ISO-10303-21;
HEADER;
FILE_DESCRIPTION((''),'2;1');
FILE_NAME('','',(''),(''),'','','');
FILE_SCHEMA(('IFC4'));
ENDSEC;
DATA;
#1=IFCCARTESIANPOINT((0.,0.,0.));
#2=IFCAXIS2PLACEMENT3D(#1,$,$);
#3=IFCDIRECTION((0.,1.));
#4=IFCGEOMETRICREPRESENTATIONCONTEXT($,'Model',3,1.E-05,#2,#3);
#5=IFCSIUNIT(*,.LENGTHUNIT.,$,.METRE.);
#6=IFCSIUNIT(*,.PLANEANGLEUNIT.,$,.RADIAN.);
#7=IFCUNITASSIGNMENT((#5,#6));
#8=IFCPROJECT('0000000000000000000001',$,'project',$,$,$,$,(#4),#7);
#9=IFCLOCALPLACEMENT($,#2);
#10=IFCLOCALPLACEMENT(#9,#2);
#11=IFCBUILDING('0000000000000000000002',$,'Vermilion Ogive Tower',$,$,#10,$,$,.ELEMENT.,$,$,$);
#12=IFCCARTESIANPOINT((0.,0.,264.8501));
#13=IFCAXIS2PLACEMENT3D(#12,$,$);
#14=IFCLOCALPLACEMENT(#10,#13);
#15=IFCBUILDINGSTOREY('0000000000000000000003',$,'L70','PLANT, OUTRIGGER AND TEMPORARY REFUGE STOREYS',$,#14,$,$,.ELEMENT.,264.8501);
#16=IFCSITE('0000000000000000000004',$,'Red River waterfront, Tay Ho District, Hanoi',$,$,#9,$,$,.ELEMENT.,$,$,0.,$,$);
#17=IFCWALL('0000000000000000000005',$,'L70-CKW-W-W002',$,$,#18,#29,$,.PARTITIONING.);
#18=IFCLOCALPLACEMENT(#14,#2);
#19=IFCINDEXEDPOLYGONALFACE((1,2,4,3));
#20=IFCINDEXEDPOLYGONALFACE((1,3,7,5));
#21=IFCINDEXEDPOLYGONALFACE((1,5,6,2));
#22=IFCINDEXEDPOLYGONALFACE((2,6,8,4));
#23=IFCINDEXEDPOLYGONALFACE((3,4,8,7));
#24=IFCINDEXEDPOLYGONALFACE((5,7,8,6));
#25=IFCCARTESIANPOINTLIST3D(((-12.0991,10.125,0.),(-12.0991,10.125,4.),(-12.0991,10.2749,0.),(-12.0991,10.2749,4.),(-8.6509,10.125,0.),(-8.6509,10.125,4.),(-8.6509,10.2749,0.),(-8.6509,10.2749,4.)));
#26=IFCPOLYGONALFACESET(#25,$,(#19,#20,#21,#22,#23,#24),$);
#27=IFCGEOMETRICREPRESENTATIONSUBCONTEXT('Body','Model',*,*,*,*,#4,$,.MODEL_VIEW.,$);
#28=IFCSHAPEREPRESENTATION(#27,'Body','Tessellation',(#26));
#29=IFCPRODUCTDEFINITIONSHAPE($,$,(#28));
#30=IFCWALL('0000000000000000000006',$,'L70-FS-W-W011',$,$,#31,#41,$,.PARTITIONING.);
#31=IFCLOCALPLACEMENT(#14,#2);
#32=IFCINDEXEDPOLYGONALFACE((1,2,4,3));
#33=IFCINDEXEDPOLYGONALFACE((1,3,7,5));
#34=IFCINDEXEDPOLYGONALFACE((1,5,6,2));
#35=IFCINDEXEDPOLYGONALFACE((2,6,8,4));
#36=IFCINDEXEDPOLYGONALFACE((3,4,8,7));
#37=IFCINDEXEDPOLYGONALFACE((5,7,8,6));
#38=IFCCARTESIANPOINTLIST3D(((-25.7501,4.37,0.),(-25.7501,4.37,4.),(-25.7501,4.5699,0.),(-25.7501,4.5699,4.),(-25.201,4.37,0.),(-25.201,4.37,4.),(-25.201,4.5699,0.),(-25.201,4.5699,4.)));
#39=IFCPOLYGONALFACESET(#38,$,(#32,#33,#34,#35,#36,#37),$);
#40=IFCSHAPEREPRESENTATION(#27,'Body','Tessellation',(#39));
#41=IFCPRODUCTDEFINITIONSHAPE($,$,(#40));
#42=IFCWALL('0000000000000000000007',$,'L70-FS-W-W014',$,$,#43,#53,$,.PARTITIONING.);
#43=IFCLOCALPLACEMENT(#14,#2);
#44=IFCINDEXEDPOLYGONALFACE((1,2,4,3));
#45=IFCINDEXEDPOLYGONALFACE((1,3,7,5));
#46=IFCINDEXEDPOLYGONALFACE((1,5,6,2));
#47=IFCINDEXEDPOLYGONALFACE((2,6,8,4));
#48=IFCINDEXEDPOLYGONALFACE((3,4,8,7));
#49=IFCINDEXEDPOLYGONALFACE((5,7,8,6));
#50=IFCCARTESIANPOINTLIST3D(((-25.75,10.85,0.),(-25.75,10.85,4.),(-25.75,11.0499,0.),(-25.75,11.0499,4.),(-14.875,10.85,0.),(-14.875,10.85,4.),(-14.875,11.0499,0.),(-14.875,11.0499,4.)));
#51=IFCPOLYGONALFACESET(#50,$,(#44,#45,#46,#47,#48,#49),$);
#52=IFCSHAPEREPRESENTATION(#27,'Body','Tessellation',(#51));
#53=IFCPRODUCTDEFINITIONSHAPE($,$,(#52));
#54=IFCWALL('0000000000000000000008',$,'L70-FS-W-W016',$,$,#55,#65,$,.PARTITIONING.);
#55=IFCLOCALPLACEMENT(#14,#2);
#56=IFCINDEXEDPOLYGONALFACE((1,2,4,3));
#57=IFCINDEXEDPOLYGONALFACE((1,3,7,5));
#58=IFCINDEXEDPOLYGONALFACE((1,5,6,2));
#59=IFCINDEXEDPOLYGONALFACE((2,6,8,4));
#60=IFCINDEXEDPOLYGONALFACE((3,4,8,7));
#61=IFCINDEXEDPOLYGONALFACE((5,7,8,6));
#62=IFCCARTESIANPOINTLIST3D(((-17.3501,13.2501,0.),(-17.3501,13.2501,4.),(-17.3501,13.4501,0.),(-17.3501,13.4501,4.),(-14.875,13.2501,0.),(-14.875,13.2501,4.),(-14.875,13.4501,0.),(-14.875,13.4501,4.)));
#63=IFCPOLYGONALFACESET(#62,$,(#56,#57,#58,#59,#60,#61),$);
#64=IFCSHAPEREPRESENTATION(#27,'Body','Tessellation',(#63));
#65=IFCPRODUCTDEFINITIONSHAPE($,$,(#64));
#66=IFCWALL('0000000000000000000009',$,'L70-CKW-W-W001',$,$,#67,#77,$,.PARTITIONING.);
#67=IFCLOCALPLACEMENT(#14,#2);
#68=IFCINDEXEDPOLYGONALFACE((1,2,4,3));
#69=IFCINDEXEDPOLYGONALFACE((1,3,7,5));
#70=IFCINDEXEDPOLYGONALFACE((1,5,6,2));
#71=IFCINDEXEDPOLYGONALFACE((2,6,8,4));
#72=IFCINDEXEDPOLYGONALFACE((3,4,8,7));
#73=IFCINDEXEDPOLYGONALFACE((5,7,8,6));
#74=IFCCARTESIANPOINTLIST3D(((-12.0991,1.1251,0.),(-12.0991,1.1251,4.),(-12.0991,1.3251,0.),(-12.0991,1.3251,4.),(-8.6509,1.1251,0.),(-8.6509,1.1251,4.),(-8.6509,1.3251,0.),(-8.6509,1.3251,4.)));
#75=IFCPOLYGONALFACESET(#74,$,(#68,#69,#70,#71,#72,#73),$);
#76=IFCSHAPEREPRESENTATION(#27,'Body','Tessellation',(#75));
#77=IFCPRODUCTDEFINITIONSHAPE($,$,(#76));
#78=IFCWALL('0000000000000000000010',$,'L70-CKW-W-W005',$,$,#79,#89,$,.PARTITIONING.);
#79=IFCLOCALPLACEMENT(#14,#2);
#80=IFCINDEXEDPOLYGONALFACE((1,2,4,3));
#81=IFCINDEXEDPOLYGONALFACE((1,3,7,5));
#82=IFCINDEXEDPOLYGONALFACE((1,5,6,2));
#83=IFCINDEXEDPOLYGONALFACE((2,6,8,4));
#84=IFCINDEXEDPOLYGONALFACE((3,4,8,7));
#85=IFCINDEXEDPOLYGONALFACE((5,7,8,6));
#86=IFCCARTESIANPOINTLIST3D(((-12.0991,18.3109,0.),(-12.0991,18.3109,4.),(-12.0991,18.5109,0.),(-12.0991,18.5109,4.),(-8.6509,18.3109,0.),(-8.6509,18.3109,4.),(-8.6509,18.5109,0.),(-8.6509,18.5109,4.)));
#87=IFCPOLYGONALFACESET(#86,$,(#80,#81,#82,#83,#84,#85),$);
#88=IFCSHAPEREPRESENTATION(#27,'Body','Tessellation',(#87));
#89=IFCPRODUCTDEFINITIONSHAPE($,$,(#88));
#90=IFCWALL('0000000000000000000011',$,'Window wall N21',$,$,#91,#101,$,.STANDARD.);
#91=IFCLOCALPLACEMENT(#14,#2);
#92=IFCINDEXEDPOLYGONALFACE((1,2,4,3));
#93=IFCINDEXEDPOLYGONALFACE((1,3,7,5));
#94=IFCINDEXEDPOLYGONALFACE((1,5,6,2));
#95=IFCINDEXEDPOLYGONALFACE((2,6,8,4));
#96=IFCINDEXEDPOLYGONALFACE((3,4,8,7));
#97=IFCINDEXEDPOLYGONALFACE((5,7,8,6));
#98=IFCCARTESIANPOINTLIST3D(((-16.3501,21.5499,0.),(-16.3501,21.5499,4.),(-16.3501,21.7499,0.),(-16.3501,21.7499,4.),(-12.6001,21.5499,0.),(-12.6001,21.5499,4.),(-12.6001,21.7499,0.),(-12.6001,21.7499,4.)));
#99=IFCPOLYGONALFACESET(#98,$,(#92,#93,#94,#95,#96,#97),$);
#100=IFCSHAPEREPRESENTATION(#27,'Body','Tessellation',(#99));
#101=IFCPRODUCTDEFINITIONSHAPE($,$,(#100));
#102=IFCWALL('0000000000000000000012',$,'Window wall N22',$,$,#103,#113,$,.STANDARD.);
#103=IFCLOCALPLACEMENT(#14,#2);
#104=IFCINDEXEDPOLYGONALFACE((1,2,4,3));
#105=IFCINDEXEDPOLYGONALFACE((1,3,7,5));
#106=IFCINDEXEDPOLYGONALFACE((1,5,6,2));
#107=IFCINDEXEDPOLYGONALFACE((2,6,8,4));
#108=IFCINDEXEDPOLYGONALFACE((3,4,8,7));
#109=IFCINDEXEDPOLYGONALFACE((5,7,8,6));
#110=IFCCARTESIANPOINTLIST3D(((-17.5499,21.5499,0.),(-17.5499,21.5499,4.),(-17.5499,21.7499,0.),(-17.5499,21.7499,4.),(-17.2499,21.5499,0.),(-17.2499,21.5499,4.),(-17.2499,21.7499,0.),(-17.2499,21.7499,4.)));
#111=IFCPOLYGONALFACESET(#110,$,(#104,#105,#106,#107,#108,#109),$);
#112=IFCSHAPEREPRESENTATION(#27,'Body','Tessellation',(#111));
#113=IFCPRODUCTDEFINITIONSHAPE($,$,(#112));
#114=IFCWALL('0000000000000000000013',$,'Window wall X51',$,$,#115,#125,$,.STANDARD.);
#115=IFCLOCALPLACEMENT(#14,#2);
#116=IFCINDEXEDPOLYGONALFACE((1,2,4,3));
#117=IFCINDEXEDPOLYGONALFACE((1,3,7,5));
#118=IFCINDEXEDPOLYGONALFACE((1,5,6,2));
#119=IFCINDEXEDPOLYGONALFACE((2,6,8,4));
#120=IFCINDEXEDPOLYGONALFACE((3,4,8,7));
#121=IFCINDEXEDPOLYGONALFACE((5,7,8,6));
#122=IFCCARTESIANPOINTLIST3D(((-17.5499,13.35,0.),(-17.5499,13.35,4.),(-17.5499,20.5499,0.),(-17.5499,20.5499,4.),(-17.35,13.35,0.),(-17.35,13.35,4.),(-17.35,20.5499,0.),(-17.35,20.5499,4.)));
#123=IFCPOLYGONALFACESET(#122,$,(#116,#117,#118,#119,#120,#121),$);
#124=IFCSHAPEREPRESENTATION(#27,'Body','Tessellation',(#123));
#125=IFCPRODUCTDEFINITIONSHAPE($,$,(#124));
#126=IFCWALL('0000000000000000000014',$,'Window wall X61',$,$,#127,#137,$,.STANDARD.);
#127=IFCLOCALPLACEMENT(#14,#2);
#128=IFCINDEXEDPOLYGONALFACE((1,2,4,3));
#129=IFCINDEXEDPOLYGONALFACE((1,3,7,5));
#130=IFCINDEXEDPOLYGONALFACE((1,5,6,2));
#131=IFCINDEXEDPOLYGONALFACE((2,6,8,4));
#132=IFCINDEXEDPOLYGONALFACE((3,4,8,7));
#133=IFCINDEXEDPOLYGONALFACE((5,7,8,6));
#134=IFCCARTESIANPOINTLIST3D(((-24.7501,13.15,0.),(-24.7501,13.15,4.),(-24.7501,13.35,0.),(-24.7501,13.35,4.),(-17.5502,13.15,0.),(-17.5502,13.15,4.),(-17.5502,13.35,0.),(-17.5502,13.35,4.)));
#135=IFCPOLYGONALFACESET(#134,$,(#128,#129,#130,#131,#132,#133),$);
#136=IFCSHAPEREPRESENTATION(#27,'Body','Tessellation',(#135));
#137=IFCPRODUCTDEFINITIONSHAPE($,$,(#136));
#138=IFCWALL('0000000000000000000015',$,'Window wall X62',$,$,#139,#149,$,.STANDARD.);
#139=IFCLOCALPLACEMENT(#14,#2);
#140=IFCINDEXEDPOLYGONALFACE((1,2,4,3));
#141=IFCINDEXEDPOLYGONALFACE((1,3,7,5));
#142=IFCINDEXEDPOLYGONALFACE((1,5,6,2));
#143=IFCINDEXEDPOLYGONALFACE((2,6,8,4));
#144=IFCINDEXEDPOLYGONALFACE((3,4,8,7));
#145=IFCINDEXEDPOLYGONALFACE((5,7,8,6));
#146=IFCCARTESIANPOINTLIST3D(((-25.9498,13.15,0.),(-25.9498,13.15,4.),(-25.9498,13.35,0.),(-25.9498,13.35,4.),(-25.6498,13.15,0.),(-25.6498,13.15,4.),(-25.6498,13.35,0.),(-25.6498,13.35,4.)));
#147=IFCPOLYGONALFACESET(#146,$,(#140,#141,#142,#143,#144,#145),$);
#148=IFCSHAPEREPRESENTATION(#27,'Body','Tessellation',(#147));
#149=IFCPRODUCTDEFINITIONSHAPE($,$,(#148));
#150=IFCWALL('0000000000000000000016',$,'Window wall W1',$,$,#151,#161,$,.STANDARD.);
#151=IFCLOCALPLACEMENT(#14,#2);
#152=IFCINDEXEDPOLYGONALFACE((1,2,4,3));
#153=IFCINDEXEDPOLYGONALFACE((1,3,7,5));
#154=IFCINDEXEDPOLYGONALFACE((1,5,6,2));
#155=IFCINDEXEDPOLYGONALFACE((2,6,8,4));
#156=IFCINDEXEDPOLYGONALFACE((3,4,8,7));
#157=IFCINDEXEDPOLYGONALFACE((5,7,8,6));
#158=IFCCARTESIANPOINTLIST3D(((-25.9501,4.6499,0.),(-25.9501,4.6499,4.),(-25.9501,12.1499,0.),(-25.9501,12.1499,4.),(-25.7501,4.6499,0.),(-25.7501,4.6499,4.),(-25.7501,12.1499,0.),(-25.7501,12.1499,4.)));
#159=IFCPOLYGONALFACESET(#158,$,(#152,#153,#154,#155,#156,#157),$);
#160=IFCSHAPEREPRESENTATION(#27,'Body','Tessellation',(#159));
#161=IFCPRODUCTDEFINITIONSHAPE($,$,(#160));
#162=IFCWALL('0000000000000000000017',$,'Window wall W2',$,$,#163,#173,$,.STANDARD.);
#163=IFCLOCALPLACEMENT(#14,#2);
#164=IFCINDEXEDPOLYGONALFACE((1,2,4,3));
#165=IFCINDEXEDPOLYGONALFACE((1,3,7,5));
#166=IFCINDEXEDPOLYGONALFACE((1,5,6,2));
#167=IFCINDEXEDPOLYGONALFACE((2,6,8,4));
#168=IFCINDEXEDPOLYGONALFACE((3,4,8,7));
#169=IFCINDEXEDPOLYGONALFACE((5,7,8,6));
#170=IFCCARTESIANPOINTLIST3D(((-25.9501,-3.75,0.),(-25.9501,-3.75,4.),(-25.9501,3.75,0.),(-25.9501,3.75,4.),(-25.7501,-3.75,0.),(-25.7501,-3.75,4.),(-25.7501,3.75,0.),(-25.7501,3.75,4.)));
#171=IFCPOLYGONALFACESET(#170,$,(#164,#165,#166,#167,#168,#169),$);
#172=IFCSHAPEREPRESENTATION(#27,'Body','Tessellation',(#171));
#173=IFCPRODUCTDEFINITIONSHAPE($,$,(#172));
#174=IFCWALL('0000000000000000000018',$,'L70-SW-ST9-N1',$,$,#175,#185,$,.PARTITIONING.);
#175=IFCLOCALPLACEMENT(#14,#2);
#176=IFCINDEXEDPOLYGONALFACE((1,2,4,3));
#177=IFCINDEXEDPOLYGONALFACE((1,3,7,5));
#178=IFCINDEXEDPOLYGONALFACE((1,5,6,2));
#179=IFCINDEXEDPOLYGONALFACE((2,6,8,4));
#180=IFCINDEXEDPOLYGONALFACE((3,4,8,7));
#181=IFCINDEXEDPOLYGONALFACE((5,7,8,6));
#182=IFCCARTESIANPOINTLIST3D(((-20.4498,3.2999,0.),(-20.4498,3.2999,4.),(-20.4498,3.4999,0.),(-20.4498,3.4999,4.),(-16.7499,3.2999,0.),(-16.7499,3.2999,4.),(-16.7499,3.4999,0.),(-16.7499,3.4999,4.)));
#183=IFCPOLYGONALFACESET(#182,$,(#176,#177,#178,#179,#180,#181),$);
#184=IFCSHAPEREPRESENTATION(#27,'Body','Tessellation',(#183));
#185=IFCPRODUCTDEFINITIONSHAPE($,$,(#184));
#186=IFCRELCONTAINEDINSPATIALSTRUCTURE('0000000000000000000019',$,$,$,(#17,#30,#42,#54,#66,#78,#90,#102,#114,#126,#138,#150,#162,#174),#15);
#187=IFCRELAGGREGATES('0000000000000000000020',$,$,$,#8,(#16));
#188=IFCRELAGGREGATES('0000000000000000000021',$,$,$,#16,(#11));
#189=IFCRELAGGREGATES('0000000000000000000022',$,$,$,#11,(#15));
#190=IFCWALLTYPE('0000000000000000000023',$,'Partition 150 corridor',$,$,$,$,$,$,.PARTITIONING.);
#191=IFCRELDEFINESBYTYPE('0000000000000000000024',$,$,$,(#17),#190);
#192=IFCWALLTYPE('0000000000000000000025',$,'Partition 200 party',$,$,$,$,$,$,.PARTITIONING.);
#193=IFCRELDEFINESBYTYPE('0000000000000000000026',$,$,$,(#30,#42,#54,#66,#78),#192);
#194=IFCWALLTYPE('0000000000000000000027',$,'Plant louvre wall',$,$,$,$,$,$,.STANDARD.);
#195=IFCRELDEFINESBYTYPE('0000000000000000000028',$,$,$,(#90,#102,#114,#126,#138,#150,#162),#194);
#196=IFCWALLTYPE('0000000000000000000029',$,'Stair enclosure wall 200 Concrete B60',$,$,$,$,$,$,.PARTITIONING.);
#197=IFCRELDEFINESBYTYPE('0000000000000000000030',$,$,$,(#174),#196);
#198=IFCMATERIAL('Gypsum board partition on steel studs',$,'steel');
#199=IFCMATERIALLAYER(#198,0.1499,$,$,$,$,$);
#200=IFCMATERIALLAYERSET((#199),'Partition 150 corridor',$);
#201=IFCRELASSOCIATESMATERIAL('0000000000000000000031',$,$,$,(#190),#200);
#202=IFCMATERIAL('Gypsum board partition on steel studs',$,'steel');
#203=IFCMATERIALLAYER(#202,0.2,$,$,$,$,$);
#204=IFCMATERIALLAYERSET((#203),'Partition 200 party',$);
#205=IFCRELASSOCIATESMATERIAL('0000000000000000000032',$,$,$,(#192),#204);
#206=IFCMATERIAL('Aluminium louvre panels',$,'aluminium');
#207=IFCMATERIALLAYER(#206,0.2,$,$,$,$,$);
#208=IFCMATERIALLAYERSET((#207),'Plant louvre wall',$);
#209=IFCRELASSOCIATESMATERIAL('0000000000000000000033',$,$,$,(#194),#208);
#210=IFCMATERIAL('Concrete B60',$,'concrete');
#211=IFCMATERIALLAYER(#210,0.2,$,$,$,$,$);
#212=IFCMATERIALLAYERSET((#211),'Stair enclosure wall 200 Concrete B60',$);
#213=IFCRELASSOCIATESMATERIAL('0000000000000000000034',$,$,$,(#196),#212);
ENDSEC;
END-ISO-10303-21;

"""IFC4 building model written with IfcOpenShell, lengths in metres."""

from ifc_helpers import new_model, si_unit, direction, frame, frame_2d, origin, place, context, subcontext, project, spatial, rectangle, extrude, material, layer, layer_set, type_object, element, save


model = new_model("IFC4")

# Units and contexts
model_context = context("Model", 3, precision=1e-05, world=origin(), true_north=direction((0.0, 1.0)))
body_context = subcontext(model_context, "Body", "Model", "MODEL_VIEW")
ifc_project = project(units=[si_unit("LENGTHUNIT", "METRE"), si_unit("PLANEANGLEUNIT", "RADIAN")], contexts=[model_context])

# Site, building, storey
site_placement = place(None, origin())
site = spatial("IfcSite", under=ifc_project, at=site_placement, Name="Red River waterfront, Tay Ho District, Hanoi", CompositionType="ELEMENT", RefElevation=0.0)
building_placement = place(site_placement, origin())
building = spatial("IfcBuilding", under=site, at=building_placement, Name="Vermilion Ogive Tower", CompositionType="ELEMENT")
storey_placement = place(building_placement, frame((0.0, 0.0, 264.8501)))
storey = spatial("IfcBuildingStorey", under=building, at=storey_placement, Name="L70", Description="PLANT, OUTRIGGER AND TEMPORARY REFUGE STOREYS", CompositionType="ELEMENT", Elevation=264.8501)

# Walls
ifc_material_1 = material(Name="Gypsum board partition on steel studs", Category="steel")
ifc_layer_1 = layer(ifc_material_1, 0.1499)
ifc_layer_set_1 = layer_set([ifc_layer_1], Name="Partition 150 corridor")
wall_type_1 = type_object("IfcWallType", Name="Partition 150 corridor", PredefinedType="PARTITIONING", material=ifc_layer_set_1)
wall_1_placement = place(storey_placement, frame((-12.0991, 10.2, 0.0), z_axis=(0.0, 0.0, 1.0), x_axis=(1.0, 0.0, 0.0)))
element("IfcWall", 1, at=wall_1_placement, inside=storey, type_object=wall_type_1, Name="L70-CKW-W-W002", PredefinedType="PARTITIONING", context=body_context, shape_type="SweptSolid", body=[
    extrude(rectangle(XDim=3.4482, YDim=0.1499, at=frame_2d((1.7241, 0.0))), origin(), (0.0, 0.0, 1.0), 4.0),
])
ifc_material_2 = material(Name="Gypsum board partition on steel studs", Category="steel")
ifc_layer_2 = layer(ifc_material_2, 0.2)
ifc_layer_set_2 = layer_set([ifc_layer_2], Name="Partition 200 party")
wall_type_2 = type_object("IfcWallType", Name="Partition 200 party", PredefinedType="PARTITIONING", material=ifc_layer_set_2)
wall_2_placement = place(storey_placement, frame((-25.75, 4.47, 0.0), z_axis=(0.0, 0.0, 1.0), x_axis=(1.0, 0.0, 0.0)))
element("IfcWall", 2, at=wall_2_placement, inside=storey, type_object=wall_type_2, Name="L70-FS-W-W011", PredefinedType="PARTITIONING", context=body_context, shape_type="SweptSolid", body=[
    extrude(rectangle(XDim=0.5491, YDim=0.2, at=frame_2d((0.2744, 0.0))), origin(), (0.0, 0.0, 1.0), 4.0),
])
wall_3_placement = place(storey_placement, frame((-25.75, 10.95, 0.0), z_axis=(0.0, 0.0, 1.0), x_axis=(1.0, 0.0, 0.0)))
element("IfcWall", 3, at=wall_3_placement, inside=storey, type_object=wall_type_2, Name="L70-FS-W-W014", PredefinedType="PARTITIONING", context=body_context, shape_type="SweptSolid", body=[
    extrude(rectangle(XDim=10.875, YDim=0.2, at=frame_2d((5.4375, 0.0))), origin(), (0.0, 0.0, 1.0), 4.0),
])
wall_4_placement = place(storey_placement, frame((-17.3501, 13.3501, 0.0), z_axis=(0.0, 0.0, 1.0), x_axis=(1.0, 0.0, 0.0)))
element("IfcWall", 4, at=wall_4_placement, inside=storey, type_object=wall_type_2, Name="L70-FS-W-W016", PredefinedType="PARTITIONING", context=body_context, shape_type="SweptSolid", body=[
    extrude(rectangle(XDim=2.4751, YDim=0.2, at=frame_2d((1.2375, 0.0))), origin(), (0.0, 0.0, 1.0), 4.0),
])
for number, where, z_axis, x_axis, name in (
    (5, (-12.0991, 1.2251, 0.0), (0.0, 0.0, 1.0), (1.0, 0.0, 0.0), "L70-CKW-W-W001"),
    (6, (-12.0991, 18.4109, 0.0), (0.0, 0.0, 1.0), (1.0, 0.0, 0.0), "L70-CKW-W-W005"),
):
    element("IfcWall", number, at=place(storey_placement, frame(where, z_axis=z_axis, x_axis=x_axis)), inside=storey, type_object=wall_type_2, Name=name, PredefinedType="PARTITIONING", context=body_context, shape_type="SweptSolid", body=[
        extrude(rectangle(XDim=3.4482, YDim=0.2, at=frame_2d((1.7241, 0.0))), origin(), (0.0, 0.0, 1.0), 4.0),
    ])
ifc_material_3 = material(Name="Aluminium louvre panels", Category="aluminium")
ifc_layer_3 = layer(ifc_material_3, 0.2)
ifc_layer_set_3 = layer_set([ifc_layer_3], Name="Plant louvre wall")
wall_type_3 = type_object("IfcWallType", Name="Plant louvre wall", PredefinedType="STANDARD", material=ifc_layer_set_3)
wall_5_placement = place(storey_placement, frame((-12.6001, 21.6499, 0.0), z_axis=(0.0, 0.0, 1.0), x_axis=(-1.0, 0.0, 0.0)))
element("IfcWall", 7, at=wall_5_placement, inside=storey, type_object=wall_type_3, Name="Window wall N21", PredefinedType="STANDARD", context=body_context, shape_type="SweptSolid", body=[
    extrude(rectangle(XDim=3.75, YDim=0.2, at=frame_2d((1.875, 0.0))), origin(), (0.0, 0.0, 1.0), 4.0),
])
wall_6_placement = place(storey_placement, frame((-17.25, 21.6499, 0.0), z_axis=(0.0, 0.0, 1.0), x_axis=(-1.0, 0.0, 0.0)))
element("IfcWall", 8, at=wall_6_placement, inside=storey, type_object=wall_type_3, Name="Window wall N22", PredefinedType="STANDARD", context=body_context, shape_type="SweptSolid", body=[
    extrude(rectangle(XDim=0.3, YDim=0.2, at=frame_2d((0.1499, 0.0))), origin(), (0.0, 0.0, 1.0), 4.0),
])
for number, where, z_axis, x_axis, name in (
    (9, (-17.45, 20.55, 0.0), (0.0, 0.0, 1.0), (0.0, -1.0, 0.0), "Window wall X51"),
    (10, (-17.55, 13.25, 0.0), (0.0, 0.0, 1.0), (-1.0, 0.0, 0.0), "Window wall X61"),
):
    element("IfcWall", number, at=place(storey_placement, frame(where, z_axis=z_axis, x_axis=x_axis)), inside=storey, type_object=wall_type_3, Name=name, PredefinedType="STANDARD", context=body_context, shape_type="SweptSolid", body=[
        extrude(rectangle(XDim=7.2, YDim=0.2, at=frame_2d((3.6001, 0.0))), origin(), (0.0, 0.0, 1.0), 4.0),
    ])
wall_7_placement = place(storey_placement, frame((-25.6499, 13.25, 0.0), z_axis=(0.0, 0.0, 1.0), x_axis=(-1.0, 0.0, 0.0)))
element("IfcWall", 11, at=wall_7_placement, inside=storey, type_object=wall_type_3, Name="Window wall X62", PredefinedType="STANDARD", context=body_context, shape_type="SweptSolid", body=[
    extrude(rectangle(XDim=0.3, YDim=0.2, at=frame_2d((0.1499, 0.0))), origin(), (0.0, 0.0, 1.0), 4.0),
])
for number, where, z_axis, x_axis, name in (
    (12, (-25.8501, 12.1499, 0.0), (0.0, 0.0, 1.0), (0.0, -1.0, 0.0), "Window wall W1"),
    (13, (-25.8501, 3.75, 0.0), (0.0, 0.0, 1.0), (0.0, -1.0, 0.0), "Window wall W2"),
):
    element("IfcWall", number, at=place(storey_placement, frame(where, z_axis=z_axis, x_axis=x_axis)), inside=storey, type_object=wall_type_3, Name=name, PredefinedType="STANDARD", context=body_context, shape_type="SweptSolid", body=[
        extrude(rectangle(XDim=7.5, YDim=0.2, at=frame_2d((3.75, 0.0))), origin(), (0.0, 0.0, 1.0), 4.0),
    ])
ifc_material_4 = material(Name="Concrete B60", Category="concrete")
ifc_layer_4 = layer(ifc_material_4, 0.2)
ifc_layer_set_4 = layer_set([ifc_layer_4], Name="Stair enclosure wall 200 Concrete B60")
wall_type_4 = type_object("IfcWallType", Name="Stair enclosure wall 200 Concrete B60", PredefinedType="PARTITIONING", material=ifc_layer_set_4)
wall_8_placement = place(storey_placement, frame((-20.45, 3.3999, 0.0), z_axis=(0.0, 0.0, 1.0), x_axis=(1.0, 0.0, 0.0)))
element("IfcWall", 14, at=wall_8_placement, inside=storey, type_object=wall_type_4, Name="L70-SW-ST9-N1", PredefinedType="PARTITIONING", context=body_context, shape_type="SweptSolid", body=[
    extrude(rectangle(XDim=3.7, YDim=0.2, at=frame_2d((1.8501, 0.0))), origin(), (0.0, 0.0, 1.0), 4.0),
])

save(model, "model.ifc")
